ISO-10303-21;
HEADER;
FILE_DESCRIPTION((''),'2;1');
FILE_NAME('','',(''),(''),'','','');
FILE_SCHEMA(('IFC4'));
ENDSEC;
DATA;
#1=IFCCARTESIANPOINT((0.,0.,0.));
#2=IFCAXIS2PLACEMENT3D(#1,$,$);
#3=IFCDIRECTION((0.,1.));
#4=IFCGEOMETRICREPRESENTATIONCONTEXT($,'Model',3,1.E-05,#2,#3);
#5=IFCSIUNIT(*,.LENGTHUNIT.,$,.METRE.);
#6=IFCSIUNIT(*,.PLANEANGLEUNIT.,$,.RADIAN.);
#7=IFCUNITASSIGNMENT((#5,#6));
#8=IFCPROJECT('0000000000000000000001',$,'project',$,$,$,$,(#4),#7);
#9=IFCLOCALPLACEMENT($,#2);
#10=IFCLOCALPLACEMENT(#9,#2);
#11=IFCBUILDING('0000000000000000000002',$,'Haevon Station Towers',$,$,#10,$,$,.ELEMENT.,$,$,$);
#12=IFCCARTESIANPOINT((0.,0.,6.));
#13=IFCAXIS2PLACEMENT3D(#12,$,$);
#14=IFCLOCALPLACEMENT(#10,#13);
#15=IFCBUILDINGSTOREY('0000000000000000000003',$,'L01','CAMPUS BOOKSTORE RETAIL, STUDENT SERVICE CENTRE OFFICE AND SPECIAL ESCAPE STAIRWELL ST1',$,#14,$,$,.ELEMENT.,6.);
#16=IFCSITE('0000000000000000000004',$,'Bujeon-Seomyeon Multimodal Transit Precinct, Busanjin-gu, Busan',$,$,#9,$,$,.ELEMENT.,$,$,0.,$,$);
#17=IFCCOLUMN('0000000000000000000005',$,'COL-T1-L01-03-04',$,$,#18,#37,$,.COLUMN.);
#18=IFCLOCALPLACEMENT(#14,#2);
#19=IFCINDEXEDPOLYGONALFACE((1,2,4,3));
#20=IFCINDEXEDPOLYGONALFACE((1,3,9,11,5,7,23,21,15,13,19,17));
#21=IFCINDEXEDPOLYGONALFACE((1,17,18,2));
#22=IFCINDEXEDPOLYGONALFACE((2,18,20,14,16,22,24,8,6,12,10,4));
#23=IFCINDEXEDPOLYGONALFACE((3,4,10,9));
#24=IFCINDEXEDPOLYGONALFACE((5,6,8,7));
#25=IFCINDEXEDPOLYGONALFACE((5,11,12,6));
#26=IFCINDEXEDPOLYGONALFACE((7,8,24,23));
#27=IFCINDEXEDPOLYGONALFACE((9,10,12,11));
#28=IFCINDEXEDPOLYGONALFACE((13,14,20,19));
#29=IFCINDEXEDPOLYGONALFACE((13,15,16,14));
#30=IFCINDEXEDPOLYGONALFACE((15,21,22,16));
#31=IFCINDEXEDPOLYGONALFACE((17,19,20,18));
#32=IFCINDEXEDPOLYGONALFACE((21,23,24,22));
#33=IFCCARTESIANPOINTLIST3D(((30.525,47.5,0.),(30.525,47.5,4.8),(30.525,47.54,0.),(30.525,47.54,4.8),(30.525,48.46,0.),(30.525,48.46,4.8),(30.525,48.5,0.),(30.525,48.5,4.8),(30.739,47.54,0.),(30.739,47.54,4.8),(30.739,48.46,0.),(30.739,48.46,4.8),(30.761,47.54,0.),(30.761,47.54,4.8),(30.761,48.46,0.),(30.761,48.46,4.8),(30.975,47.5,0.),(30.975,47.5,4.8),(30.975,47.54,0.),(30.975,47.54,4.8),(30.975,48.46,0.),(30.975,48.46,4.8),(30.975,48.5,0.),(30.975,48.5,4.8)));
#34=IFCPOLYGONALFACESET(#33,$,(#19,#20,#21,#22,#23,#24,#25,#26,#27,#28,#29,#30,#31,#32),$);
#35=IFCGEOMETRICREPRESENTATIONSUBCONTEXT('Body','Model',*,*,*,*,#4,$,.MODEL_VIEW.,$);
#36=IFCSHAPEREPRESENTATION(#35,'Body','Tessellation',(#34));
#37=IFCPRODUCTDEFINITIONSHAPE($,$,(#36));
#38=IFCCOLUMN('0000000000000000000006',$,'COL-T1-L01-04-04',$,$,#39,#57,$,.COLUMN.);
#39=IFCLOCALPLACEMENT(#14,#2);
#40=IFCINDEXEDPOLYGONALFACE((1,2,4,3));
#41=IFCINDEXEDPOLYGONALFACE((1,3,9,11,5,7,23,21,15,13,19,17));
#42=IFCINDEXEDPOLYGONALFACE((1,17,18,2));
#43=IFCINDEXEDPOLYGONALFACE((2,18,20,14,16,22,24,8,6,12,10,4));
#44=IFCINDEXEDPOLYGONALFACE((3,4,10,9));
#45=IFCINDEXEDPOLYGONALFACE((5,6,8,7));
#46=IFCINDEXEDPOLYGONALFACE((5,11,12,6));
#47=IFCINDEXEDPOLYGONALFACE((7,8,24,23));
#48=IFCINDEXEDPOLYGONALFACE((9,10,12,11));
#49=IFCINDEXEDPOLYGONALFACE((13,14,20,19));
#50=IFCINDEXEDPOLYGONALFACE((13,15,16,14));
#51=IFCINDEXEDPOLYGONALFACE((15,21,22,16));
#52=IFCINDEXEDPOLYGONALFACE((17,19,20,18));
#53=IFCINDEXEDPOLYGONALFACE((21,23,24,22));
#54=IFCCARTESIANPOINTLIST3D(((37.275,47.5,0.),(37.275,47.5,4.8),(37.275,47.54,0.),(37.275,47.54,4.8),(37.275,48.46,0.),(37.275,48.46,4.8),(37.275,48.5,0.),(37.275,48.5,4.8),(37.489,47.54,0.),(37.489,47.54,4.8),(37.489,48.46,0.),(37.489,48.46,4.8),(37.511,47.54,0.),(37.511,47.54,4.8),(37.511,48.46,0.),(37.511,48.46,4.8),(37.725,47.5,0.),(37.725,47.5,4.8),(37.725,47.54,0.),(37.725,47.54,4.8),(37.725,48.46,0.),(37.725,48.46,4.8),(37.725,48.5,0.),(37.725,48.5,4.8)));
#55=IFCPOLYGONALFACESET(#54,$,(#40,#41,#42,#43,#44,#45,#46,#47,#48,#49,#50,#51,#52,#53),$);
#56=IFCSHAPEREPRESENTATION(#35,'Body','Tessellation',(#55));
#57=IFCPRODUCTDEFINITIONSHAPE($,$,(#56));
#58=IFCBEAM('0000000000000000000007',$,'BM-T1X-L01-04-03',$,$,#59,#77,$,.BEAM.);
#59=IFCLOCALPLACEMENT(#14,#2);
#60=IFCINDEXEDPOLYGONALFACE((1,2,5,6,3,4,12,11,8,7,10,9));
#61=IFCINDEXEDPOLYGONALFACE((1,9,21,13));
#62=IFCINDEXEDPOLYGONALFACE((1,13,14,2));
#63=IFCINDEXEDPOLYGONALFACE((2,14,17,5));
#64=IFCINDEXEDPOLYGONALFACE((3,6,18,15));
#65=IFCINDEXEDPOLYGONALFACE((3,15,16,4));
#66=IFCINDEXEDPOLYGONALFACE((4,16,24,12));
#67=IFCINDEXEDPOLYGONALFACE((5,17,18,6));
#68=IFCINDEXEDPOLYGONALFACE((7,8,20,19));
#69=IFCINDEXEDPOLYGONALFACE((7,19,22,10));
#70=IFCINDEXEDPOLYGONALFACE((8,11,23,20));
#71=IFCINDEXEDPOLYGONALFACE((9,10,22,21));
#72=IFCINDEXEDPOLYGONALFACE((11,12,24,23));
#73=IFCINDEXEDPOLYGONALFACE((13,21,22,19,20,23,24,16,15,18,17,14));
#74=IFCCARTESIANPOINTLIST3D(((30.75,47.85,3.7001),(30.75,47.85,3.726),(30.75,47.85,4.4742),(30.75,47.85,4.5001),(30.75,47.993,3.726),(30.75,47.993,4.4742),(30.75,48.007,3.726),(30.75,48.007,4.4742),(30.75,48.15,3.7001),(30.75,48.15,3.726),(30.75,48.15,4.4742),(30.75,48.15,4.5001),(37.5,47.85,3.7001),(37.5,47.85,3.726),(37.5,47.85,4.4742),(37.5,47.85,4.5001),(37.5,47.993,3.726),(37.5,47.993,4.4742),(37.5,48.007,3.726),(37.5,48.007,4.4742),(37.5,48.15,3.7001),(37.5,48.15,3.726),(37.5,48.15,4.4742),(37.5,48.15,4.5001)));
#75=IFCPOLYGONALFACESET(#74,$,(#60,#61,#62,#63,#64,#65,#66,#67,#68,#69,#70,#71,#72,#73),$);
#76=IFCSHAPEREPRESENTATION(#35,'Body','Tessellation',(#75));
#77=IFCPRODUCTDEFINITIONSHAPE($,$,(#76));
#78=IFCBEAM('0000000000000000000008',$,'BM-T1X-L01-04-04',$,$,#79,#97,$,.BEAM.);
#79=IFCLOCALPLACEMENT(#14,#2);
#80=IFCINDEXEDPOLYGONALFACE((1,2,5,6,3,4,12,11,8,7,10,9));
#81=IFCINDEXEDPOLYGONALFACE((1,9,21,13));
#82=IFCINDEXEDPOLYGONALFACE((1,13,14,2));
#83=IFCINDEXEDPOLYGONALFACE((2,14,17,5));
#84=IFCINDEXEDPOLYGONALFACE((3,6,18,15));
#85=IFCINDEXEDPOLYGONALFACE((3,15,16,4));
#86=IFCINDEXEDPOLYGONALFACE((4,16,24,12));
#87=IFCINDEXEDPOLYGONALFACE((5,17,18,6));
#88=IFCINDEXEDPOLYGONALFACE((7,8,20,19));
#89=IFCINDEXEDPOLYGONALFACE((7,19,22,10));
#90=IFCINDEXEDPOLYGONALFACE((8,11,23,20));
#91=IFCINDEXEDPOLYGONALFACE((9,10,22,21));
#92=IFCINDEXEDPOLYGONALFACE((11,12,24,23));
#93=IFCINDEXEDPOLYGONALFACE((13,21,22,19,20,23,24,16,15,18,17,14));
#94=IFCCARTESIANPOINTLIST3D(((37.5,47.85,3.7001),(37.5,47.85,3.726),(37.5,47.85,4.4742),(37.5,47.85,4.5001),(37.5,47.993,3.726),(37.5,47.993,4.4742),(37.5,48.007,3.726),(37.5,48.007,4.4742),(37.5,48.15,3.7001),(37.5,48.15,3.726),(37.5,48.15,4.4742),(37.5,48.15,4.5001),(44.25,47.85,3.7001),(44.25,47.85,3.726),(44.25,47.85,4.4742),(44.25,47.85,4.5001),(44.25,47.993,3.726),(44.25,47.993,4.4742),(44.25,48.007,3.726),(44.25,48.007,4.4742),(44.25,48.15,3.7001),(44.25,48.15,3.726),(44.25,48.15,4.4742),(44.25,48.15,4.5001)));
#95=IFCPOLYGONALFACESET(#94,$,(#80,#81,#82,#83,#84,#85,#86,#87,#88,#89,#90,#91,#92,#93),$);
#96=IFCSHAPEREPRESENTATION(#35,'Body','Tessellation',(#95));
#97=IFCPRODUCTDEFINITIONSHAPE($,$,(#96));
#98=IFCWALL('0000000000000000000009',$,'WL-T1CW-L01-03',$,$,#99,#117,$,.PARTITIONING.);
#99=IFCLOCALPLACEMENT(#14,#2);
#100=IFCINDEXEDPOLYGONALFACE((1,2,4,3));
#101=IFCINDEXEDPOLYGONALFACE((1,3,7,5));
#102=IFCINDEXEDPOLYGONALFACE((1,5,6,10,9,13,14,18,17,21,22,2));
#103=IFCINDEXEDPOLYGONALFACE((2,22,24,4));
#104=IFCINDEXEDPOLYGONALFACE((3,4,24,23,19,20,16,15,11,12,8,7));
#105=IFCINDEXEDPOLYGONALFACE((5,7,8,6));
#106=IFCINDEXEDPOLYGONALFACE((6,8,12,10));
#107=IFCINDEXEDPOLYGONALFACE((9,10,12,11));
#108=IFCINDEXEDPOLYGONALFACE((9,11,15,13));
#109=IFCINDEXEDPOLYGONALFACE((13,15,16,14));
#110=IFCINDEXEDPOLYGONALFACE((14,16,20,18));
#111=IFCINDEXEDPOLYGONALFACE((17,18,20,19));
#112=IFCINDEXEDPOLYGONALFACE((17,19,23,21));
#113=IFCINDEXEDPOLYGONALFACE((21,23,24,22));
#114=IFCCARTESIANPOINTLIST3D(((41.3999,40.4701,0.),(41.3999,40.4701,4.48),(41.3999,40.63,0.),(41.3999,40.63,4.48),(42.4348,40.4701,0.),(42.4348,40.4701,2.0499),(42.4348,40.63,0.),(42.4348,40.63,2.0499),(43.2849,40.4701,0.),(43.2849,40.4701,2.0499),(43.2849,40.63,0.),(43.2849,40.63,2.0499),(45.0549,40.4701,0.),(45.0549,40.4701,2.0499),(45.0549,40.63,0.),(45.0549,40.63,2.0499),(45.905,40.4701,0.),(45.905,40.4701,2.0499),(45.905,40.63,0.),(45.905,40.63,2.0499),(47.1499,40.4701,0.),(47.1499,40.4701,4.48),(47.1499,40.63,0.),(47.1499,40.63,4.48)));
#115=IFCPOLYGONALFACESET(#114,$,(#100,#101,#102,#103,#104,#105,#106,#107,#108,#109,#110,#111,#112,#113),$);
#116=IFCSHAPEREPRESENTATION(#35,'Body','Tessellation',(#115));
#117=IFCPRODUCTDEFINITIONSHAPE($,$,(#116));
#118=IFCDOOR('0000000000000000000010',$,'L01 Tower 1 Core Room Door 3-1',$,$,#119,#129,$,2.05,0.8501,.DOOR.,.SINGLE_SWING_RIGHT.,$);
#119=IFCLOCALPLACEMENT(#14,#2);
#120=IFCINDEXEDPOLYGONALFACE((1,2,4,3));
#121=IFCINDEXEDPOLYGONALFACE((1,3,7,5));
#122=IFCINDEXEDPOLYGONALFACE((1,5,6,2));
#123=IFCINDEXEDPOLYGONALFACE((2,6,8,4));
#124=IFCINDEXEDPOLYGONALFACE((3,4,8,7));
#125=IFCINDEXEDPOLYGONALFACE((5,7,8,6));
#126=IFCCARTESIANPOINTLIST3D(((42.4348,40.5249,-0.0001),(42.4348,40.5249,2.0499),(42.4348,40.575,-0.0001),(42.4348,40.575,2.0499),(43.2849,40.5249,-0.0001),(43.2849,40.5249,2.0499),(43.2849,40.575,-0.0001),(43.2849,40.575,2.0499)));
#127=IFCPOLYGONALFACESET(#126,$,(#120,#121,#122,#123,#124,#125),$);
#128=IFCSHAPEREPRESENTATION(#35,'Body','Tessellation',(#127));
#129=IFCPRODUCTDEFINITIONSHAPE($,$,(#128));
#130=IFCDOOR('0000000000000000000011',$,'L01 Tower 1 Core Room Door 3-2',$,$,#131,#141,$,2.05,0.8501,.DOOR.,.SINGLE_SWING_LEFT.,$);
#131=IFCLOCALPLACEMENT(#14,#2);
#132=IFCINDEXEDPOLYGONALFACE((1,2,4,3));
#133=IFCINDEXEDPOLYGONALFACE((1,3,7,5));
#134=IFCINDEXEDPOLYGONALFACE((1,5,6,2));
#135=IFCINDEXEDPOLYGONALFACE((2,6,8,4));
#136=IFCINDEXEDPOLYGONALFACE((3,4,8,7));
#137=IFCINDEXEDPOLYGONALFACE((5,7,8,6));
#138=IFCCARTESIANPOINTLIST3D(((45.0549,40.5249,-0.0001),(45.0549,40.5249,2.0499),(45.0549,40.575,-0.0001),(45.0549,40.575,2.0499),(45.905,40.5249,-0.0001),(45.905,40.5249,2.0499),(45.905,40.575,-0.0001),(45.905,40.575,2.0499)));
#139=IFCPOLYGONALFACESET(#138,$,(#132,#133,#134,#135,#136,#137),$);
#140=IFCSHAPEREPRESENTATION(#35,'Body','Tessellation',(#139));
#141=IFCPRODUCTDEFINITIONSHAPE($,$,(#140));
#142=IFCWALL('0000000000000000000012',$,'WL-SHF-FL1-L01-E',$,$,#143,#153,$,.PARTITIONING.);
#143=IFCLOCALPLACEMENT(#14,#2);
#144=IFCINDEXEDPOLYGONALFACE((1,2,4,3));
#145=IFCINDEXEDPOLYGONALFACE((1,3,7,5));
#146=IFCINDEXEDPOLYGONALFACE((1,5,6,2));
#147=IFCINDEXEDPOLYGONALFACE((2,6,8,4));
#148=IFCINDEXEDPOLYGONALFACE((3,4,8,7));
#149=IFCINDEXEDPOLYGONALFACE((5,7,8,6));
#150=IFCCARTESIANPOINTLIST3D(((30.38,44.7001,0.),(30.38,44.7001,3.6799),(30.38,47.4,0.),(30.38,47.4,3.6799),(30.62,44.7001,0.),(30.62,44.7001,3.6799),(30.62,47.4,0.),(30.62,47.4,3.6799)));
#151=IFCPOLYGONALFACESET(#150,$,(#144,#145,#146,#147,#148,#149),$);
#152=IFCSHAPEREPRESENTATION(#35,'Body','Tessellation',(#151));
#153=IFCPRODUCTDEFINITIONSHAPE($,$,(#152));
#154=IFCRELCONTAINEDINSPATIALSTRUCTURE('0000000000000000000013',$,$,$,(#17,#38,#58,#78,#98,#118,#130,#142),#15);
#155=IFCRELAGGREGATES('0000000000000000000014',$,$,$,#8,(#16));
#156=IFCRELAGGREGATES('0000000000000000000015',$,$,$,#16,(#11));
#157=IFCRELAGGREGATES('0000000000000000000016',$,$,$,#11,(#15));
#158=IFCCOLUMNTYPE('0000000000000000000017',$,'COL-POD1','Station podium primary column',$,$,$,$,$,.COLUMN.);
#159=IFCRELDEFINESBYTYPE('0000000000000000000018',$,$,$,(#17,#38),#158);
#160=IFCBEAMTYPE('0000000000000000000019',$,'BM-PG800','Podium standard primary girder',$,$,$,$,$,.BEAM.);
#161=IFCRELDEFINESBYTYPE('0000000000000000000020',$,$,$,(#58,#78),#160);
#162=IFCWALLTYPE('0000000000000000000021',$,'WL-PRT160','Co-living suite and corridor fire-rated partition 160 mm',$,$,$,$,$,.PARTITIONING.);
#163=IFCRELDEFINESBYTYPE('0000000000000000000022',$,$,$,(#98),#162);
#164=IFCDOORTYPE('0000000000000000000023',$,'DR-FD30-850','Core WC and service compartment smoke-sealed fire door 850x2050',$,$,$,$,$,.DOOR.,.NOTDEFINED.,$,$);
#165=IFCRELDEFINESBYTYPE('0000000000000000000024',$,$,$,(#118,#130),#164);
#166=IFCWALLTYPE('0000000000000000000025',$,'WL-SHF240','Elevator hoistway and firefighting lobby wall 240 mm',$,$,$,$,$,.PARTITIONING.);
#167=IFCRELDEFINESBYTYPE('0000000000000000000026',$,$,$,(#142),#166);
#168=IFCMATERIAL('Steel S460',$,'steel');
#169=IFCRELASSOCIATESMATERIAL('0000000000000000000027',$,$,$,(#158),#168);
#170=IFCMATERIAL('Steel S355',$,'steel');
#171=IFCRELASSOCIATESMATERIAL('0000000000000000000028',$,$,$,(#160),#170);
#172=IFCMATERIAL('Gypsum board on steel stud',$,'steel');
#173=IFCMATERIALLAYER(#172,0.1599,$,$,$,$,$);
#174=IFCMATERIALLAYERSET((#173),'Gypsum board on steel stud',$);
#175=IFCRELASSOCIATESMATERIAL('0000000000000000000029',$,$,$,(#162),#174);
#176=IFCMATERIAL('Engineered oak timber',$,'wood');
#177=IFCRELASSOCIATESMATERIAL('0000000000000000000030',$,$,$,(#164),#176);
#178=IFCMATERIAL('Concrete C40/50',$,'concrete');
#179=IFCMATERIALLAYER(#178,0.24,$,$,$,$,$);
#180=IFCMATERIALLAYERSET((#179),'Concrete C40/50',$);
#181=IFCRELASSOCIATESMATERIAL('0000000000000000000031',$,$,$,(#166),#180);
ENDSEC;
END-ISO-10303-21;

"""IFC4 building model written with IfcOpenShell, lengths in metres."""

from ifc_helpers import new_model, si_unit, direction, frame, frame_2d, origin, origin_2d, place, context, subcontext, project, spatial, rectangle, i_section, extrude, material, layer, layer_set, material_profile, profile_set, type_object, element, fill, save


model = new_model("IFC4")

# Units and contexts
model_context = context("Model", 3, precision=1e-05, world=origin(), true_north=direction((0.0, 1.0)))
body_context = subcontext(model_context, "Body", "Model", "MODEL_VIEW")
ifc_project = project(units=[si_unit("LENGTHUNIT", "METRE"), si_unit("PLANEANGLEUNIT", "RADIAN")], contexts=[model_context])

# Site, building, storey
site_placement = place(None, origin())
site = spatial("IfcSite", under=ifc_project, at=site_placement, Name="Bujeon-Seomyeon Multimodal Transit Precinct, Busanjin-gu, Busan", CompositionType="ELEMENT", RefElevation=0.0)
building_placement = place(site_placement, origin())
building = spatial("IfcBuilding", under=site, at=building_placement, Name="Haevon Station Towers", CompositionType="ELEMENT")
storey_placement = place(building_placement, frame((0.0, 0.0, 6.0)))
storey = spatial("IfcBuildingStorey", under=building, at=storey_placement, Name="L01", Description="CAMPUS BOOKSTORE RETAIL, STUDENT SERVICE CENTRE OFFICE AND SPECIAL ESCAPE STAIRWELL ST1", CompositionType="ELEMENT", Elevation=6.0)

# Columns
ifc_material_1 = material(Name="Steel S460", Category="steel")
ifc_material_profile_1 = material_profile(ifc_material_1, i_section(OverallWidth=0.45, OverallDepth=1.0, WebThickness=0.022, FlangeThickness=0.04, at=origin_2d()), Name="H-1000x450x22x40")
ifc_profile_set_1 = profile_set([ifc_material_profile_1], Name="Steel S460")
column_type = type_object("IfcColumnType", Name="COL-POD1", Description="Station podium primary column", PredefinedType="COLUMN", material=ifc_profile_set_1)
for number, where, z_axis, x_axis, name in (
    (1, (30.75, 48.0, 0.0), (0.0, 0.0, 1.0), (1.0, 0.0, 0.0), "COL-T1-L01-03-04"),
    (2, (37.5, 48.0, 0.0), (0.0, 0.0, 1.0), (1.0, 0.0, 0.0), "COL-T1-L01-04-04"),
):
    element("IfcColumn", number, at=place(storey_placement, frame(where, z_axis=z_axis, x_axis=x_axis)), inside=storey, type_object=column_type, Name=name, PredefinedType="COLUMN", context=body_context, shape_type="SweptSolid", body=[
        extrude(i_section(OverallWidth=0.45, OverallDepth=1.0, WebThickness=0.022, FlangeThickness=0.04, at=origin_2d()), origin(), (0.0, 0.0, 1.0), 4.8),
    ])

# Beams
ifc_material_2 = material(Name="Steel S355", Category="steel")
ifc_material_profile_2 = material_profile(ifc_material_2, i_section(OverallWidth=0.3, OverallDepth=0.8, WebThickness=0.0139, FlangeThickness=0.0259, at=origin_2d()), Name="H-800x300x14x26")
ifc_profile_set_2 = profile_set([ifc_material_profile_2], Name="Steel S355")
beam_type = type_object("IfcBeamType", Name="BM-PG800", Description="Podium standard primary girder", PredefinedType="BEAM", material=ifc_profile_set_2)
for number, where, z_axis, x_axis, name in (
    (3, (30.75, 48.0, 4.1001), (1.0, 0.0, 0.0), (0.0, 1.0, 0.0), "BM-T1X-L01-04-03"),
    (4, (37.5, 48.0, 4.1001), (1.0, 0.0, 0.0), (0.0, 1.0, 0.0), "BM-T1X-L01-04-04"),
):
    element("IfcBeam", number, at=place(storey_placement, frame(where, z_axis=z_axis, x_axis=x_axis)), inside=storey, type_object=beam_type, Name=name, PredefinedType="BEAM", context=body_context, shape_type="SweptSolid", body=[
        extrude(i_section(OverallWidth=0.3, OverallDepth=0.8, WebThickness=0.0139, FlangeThickness=0.0259, at=origin_2d()), origin(), (0.0, 0.0, 1.0), 6.75),
    ])

# Wall, openings, doors
ifc_material_3 = material(Name="Gypsum board on steel stud", Category="steel")
ifc_layer_1 = layer(ifc_material_3, 0.1599)
ifc_layer_set_1 = layer_set([ifc_layer_1], Name="Gypsum board on steel stud")
wall_type_1 = type_object("IfcWallType", Name="WL-PRT160", Description="Co-living suite and corridor fire-rated partition 160 mm", PredefinedType="PARTITIONING", material=ifc_layer_set_1)
wall_1_placement = place(storey_placement, frame((41.3999, 40.55, 0.0), z_axis=(0.0, 0.0, 1.0), x_axis=(1.0, 0.0, 0.0)))
wall_1 = element("IfcWall", 5, at=wall_1_placement, inside=storey, type_object=wall_type_1, Name="WL-T1CW-L01-03", PredefinedType="PARTITIONING", context=body_context, shape_type="SweptSolid", body=[
    extrude(rectangle(XDim=5.75, YDim=0.1599, at=frame_2d((2.875, 0.0))), origin(), (0.0, 0.0, 1.0), 4.48),
])
opening_1_placement = place(wall_1_placement, frame((1.0349, 0.0, 0.0)))
opening_1 = element("IfcOpeningElement", 6, at=opening_1_placement, cuts=wall_1, PredefinedType="OPENING", context=body_context, shape_type="SweptSolid", body=[
    extrude(rectangle(XDim=0.8501, YDim=2.05, at=frame_2d((0.425, 1.0249))), frame((0.0, 0.0898, 0.0), z_axis=(0.0, -1.0, 0.0), x_axis=(1.0, 0.0, 0.0)), (0.0, 0.0, 1.0), 0.1799),
])
opening_2_placement = place(wall_1_placement, frame((3.655, 0.0, 0.0)))
opening_2 = element("IfcOpeningElement", 7, at=opening_2_placement, cuts=wall_1, PredefinedType="OPENING", context=body_context, shape_type="SweptSolid", body=[
    extrude(rectangle(XDim=0.8501, YDim=2.05, at=frame_2d((0.425, 1.0249))), frame((0.0, 0.0898, 0.0), z_axis=(0.0, -1.0, 0.0), x_axis=(1.0, 0.0, 0.0)), (0.0, 0.0, 1.0), 0.1799),
])
ifc_material_4 = material(Name="Engineered oak timber", Category="wood")
door_type_1 = type_object("IfcDoorType", Name="DR-FD30-850", Description="Core WC and service compartment smoke-sealed fire door 850x2050", OperationType="NOTDEFINED", PredefinedType="DOOR", material=ifc_material_4)
door_1_placement = place(opening_1_placement, origin())
door_1 = element("IfcDoor", 8, at=door_1_placement, inside=storey, type_object=door_type_1, Name="L01 Tower 1 Core Room Door 3-1", OperationType="SINGLE_SWING_RIGHT", OverallHeight=2.05, OverallWidth=0.8501, PredefinedType="DOOR", context=body_context, shape_type="SweptSolid", body=[
    extrude(rectangle(XDim=0.8501, YDim=2.05, at=frame_2d((0.425, 1.0249))), frame((0.0, 0.0249, 0.0), z_axis=(0.0, -1.0, 0.0), x_axis=(1.0, 0.0, 0.0)), (0.0, 0.0, 1.0), 0.05),
])
fill(opening_1, door_1)
door_2_placement = place(opening_2_placement, origin())
door_2 = element("IfcDoor", 9, at=door_2_placement, inside=storey, type_object=door_type_1, Name="L01 Tower 1 Core Room Door 3-2", OperationType="SINGLE_SWING_LEFT", OverallHeight=2.05, OverallWidth=0.8501, PredefinedType="DOOR", context=body_context, shape_type="SweptSolid", body=[
    extrude(rectangle(XDim=0.8501, YDim=2.05, at=frame_2d((0.425, 1.0249))), frame((0.0, 0.0249, 0.0), z_axis=(0.0, -1.0, 0.0), x_axis=(1.0, 0.0, 0.0)), (0.0, 0.0, 1.0), 0.05),
])
fill(opening_2, door_2)

# Wall
ifc_material_5 = material(Name="Concrete C40/50", Category="concrete")
ifc_layer_2 = layer(ifc_material_5, 0.24)
ifc_layer_set_2 = layer_set([ifc_layer_2], Name="Concrete C40/50")
wall_type_2 = type_object("IfcWallType", Name="WL-SHF240", Description="Elevator hoistway and firefighting lobby wall 240 mm", PredefinedType="PARTITIONING", material=ifc_layer_set_2)
wall_2_placement = place(storey_placement, frame((30.5, 44.7, 0.0), z_axis=(0.0, 0.0, 1.0), x_axis=(0.0, 1.0, 0.0)))
element("IfcWall", 10, at=wall_2_placement, inside=storey, type_object=wall_type_2, Name="WL-SHF-FL1-L01-E", PredefinedType="PARTITIONING", context=body_context, shape_type="SweptSolid", body=[
    extrude(rectangle(XDim=2.7, YDim=0.24, at=frame_2d((1.3501, 0.0))), origin(), (0.0, 0.0, 1.0), 3.6799),
])

save(model, "model.ifc")
